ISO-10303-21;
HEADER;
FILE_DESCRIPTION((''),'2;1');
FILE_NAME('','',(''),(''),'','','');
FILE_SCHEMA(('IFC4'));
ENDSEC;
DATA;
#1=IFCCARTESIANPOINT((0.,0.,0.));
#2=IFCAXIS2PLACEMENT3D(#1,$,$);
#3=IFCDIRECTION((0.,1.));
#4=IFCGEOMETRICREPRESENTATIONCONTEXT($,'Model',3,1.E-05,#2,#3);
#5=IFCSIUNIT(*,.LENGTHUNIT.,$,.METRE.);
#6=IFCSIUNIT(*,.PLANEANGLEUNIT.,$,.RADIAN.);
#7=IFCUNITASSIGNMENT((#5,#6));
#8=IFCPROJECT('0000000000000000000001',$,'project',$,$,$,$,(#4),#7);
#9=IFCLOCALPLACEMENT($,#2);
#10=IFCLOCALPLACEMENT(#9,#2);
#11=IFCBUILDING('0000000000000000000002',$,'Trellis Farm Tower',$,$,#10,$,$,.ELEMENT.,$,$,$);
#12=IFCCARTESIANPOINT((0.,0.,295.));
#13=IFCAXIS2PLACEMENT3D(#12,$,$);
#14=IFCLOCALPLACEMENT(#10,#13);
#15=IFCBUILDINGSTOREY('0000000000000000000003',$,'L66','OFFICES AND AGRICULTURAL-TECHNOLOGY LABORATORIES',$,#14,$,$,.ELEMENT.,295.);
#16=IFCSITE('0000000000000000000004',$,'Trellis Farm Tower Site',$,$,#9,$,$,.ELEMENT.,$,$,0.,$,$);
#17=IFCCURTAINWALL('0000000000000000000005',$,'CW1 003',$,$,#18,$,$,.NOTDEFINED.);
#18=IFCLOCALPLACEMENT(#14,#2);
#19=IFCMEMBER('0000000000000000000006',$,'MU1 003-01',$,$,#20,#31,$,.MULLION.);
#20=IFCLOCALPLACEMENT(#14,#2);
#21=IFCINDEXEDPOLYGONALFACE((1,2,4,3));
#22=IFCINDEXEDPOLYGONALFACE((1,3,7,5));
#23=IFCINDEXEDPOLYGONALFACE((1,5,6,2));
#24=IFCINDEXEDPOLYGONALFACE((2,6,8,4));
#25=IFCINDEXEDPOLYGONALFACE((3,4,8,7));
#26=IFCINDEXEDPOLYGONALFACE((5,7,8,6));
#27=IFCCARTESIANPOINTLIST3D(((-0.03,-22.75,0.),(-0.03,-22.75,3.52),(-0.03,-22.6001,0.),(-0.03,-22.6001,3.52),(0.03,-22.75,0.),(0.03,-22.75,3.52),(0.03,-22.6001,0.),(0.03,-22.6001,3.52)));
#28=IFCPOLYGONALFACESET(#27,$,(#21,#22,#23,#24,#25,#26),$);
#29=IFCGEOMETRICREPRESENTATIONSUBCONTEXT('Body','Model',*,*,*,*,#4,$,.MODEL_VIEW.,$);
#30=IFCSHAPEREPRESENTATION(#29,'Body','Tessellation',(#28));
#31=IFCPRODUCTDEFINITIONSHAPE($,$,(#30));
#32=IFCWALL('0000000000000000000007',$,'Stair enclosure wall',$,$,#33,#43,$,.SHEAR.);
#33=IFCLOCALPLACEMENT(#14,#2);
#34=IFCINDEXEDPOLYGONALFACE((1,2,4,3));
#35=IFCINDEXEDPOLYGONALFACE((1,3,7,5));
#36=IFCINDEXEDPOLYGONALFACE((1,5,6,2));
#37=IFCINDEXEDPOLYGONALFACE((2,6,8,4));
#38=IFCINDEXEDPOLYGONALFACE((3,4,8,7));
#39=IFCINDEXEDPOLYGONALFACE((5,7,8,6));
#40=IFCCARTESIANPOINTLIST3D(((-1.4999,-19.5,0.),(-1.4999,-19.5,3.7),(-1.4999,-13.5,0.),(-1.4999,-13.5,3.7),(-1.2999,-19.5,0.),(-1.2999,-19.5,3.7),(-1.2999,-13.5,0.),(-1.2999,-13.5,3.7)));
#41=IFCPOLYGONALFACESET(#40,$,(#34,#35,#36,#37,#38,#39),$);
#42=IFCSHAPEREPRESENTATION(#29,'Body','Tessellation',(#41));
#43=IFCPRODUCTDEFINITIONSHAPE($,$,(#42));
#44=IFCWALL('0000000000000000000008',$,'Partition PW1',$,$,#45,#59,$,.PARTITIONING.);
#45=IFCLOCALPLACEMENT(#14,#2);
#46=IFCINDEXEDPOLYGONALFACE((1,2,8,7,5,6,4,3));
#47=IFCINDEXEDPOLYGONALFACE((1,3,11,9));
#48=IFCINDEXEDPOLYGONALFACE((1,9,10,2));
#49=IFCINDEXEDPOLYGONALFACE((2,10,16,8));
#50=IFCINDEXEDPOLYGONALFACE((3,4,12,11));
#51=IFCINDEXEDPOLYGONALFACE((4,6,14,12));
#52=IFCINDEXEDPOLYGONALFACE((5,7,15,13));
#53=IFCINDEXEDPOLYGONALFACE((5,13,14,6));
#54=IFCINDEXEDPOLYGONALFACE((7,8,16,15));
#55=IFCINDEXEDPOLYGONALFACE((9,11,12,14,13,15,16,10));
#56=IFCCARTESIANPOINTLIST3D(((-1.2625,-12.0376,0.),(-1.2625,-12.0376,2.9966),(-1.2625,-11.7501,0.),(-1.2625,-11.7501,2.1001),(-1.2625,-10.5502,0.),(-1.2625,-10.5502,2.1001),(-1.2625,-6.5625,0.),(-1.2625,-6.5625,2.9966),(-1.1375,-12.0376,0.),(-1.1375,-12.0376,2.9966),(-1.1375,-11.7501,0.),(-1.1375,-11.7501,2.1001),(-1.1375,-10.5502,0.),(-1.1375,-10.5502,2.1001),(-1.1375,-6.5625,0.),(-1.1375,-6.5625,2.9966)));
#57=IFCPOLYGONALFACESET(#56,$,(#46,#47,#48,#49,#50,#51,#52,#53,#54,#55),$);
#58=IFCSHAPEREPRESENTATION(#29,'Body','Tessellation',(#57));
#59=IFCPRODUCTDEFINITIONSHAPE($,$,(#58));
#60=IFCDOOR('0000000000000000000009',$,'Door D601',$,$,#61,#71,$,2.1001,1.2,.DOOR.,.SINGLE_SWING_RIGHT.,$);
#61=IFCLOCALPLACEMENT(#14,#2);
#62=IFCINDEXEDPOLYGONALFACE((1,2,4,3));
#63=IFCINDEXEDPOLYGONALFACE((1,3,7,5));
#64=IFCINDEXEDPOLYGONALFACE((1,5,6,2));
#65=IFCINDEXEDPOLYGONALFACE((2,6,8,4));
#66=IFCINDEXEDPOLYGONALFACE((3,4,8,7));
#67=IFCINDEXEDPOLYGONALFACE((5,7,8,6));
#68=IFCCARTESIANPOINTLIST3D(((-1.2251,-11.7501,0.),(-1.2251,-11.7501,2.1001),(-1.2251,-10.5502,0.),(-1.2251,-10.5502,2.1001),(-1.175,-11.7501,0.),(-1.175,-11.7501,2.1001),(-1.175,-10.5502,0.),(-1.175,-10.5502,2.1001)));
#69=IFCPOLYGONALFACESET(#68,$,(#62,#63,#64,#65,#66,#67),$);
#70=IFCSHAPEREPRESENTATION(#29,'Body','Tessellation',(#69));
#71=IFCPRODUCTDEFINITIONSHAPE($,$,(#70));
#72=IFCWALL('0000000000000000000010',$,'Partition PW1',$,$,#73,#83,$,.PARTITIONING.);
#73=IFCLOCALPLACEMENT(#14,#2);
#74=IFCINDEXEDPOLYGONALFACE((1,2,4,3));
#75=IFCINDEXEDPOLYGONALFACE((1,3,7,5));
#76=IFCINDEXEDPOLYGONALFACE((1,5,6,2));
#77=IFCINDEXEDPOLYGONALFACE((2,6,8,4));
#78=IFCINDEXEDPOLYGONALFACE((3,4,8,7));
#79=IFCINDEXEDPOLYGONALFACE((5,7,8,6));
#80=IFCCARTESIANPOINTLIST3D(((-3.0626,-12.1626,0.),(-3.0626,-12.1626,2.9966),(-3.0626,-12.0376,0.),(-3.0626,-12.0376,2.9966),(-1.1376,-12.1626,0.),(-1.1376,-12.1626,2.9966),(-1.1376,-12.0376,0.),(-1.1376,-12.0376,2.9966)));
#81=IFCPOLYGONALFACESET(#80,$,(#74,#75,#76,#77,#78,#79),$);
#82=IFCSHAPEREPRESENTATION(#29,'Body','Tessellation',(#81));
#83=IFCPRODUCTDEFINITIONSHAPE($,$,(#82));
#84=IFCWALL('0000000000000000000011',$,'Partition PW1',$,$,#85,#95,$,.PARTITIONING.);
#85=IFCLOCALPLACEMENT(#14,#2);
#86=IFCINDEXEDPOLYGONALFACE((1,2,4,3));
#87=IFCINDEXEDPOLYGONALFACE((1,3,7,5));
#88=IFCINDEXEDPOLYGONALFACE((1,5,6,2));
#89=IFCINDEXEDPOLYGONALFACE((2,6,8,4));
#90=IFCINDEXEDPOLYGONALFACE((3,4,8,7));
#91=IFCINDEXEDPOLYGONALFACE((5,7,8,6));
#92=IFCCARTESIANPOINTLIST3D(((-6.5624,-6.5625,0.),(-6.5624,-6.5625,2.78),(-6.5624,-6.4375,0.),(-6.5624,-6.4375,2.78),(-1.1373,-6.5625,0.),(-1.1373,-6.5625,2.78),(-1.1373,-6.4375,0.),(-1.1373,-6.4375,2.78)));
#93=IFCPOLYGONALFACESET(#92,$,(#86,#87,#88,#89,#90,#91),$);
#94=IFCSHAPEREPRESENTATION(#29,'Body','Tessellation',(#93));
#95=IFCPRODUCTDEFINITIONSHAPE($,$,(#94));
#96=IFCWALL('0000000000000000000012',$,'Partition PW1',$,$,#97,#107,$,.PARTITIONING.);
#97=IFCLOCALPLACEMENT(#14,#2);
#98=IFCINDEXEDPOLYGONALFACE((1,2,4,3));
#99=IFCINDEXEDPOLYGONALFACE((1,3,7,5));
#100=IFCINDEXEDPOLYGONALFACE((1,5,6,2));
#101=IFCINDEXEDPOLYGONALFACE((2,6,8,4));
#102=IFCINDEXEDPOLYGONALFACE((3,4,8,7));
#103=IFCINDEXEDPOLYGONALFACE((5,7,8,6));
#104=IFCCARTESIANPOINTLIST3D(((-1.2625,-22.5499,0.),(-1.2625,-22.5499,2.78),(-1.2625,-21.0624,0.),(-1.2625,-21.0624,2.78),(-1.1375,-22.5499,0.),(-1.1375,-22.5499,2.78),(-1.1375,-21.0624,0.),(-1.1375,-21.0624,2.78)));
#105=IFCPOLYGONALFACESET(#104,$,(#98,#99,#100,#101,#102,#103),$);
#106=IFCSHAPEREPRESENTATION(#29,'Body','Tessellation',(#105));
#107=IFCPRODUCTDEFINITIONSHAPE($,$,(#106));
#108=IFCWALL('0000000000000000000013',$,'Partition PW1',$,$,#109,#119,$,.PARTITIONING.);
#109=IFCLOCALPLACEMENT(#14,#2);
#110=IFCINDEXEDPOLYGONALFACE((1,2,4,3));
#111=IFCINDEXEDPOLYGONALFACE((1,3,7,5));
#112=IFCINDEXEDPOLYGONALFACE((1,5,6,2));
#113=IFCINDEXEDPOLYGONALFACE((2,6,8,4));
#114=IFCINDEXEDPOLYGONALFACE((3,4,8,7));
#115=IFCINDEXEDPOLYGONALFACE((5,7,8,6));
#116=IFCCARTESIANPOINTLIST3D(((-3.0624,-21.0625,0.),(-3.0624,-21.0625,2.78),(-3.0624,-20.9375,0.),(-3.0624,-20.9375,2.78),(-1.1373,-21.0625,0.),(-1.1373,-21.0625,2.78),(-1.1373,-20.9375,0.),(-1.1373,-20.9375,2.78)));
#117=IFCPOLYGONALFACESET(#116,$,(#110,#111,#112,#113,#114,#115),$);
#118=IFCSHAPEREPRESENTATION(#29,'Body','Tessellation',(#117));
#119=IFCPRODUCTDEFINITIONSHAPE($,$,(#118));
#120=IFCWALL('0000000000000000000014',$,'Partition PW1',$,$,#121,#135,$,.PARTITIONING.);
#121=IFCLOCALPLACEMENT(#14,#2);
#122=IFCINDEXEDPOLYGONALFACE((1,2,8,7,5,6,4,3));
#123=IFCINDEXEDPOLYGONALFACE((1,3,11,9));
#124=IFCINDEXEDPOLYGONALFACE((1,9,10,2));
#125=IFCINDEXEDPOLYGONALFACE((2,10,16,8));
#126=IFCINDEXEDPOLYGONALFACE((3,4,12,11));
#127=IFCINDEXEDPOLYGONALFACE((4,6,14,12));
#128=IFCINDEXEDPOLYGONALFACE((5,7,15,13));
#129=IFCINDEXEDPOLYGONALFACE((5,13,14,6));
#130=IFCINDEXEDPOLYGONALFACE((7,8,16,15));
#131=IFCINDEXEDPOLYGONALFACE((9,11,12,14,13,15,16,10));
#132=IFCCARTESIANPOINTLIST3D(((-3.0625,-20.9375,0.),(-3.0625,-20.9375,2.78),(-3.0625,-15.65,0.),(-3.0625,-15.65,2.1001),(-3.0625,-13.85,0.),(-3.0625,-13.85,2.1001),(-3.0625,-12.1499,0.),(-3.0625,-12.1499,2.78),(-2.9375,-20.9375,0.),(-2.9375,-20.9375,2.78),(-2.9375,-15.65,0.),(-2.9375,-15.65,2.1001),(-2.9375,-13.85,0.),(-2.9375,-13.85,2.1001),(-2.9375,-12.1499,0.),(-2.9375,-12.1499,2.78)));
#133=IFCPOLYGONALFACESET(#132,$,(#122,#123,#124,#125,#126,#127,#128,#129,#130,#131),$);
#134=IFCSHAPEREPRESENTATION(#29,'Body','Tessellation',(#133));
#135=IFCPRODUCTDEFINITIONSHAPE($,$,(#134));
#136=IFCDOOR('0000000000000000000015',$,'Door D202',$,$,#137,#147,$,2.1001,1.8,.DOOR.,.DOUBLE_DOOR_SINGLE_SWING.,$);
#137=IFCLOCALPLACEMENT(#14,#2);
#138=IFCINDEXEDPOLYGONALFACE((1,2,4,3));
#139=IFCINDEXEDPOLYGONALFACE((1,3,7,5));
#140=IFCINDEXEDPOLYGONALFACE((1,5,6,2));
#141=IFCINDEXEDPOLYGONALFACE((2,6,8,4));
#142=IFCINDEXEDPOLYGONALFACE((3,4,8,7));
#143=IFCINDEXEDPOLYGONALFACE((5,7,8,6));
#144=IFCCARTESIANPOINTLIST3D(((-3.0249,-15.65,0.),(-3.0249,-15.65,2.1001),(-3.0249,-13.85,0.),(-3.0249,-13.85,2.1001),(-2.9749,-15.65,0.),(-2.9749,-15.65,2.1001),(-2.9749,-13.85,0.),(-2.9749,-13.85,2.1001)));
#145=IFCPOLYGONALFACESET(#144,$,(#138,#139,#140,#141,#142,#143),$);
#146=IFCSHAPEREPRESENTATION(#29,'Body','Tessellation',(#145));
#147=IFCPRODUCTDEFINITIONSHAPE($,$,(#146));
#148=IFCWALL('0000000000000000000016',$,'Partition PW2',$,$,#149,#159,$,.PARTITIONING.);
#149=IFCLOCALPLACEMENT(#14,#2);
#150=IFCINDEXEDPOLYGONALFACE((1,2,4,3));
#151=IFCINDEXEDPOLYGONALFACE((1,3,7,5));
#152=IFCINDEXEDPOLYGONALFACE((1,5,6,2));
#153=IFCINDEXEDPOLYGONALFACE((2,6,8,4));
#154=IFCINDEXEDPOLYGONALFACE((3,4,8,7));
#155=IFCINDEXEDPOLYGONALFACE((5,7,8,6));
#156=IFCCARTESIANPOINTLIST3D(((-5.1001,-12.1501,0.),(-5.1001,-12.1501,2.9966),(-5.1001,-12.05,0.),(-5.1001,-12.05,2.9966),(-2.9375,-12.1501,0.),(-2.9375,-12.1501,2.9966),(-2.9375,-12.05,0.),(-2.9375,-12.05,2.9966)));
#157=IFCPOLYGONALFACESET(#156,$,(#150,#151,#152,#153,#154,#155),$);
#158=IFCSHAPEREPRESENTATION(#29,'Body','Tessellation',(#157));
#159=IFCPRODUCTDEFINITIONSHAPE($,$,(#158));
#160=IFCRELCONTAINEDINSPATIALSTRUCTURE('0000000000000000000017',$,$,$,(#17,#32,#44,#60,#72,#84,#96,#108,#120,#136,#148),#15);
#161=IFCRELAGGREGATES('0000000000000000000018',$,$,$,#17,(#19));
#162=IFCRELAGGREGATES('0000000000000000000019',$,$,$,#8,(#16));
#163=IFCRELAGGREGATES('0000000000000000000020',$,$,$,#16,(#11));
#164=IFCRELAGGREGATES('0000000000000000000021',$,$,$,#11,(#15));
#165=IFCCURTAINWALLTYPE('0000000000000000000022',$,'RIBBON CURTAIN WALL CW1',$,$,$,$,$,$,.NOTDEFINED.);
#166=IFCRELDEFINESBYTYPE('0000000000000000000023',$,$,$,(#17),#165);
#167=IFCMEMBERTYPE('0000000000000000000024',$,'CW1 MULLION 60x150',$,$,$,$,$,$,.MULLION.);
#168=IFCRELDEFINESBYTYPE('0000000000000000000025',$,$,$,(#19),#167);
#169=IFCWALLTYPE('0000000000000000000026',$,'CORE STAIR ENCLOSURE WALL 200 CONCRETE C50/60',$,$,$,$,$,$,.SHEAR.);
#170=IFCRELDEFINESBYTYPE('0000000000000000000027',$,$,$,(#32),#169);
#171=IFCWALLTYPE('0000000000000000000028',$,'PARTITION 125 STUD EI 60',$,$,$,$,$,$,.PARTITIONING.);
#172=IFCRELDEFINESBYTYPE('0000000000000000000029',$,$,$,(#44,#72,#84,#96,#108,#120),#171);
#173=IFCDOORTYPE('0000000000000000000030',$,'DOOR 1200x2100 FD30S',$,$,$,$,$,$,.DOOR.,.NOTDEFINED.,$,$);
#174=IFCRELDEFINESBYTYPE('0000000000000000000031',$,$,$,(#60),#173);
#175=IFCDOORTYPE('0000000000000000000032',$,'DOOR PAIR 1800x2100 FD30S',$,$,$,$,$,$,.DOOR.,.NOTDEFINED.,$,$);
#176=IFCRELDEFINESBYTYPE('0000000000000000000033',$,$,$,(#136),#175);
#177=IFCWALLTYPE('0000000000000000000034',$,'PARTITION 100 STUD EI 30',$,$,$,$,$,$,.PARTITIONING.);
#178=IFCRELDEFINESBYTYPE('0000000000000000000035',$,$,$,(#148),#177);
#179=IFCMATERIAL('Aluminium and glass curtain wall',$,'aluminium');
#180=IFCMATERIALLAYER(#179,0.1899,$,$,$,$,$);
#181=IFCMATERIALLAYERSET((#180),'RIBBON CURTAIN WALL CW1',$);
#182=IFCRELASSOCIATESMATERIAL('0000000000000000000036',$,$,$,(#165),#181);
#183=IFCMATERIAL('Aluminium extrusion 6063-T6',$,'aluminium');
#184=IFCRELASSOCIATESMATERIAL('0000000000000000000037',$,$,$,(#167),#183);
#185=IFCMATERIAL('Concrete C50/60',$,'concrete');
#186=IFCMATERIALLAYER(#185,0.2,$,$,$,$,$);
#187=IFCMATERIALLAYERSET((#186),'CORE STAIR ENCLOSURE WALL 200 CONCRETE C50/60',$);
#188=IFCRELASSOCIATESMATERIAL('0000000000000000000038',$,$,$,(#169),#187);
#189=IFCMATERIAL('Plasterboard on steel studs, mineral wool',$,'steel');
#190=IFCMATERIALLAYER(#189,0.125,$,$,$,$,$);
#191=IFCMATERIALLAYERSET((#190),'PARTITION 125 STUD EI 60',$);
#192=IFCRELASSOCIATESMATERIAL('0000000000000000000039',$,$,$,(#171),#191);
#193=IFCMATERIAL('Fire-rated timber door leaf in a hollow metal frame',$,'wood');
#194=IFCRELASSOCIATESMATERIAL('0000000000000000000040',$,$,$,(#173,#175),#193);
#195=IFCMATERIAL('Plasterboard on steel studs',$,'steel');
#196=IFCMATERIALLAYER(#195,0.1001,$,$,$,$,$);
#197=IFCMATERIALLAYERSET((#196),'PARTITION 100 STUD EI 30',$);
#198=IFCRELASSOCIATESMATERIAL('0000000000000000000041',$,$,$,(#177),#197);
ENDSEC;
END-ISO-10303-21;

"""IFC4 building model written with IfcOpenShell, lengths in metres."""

from ifc_helpers import new_model, si_unit, direction, frame, frame_2d, origin, origin_2d, place, context, subcontext, project, spatial, rectangle, extrude, source, transform, mapped, material, layer, layer_set, material_profile, profile_set, type_object, element, fill, aggregate, save


model = new_model("IFC4")

# Units and contexts
model_context = context("Model", 3, precision=1e-05, world=origin(), true_north=direction((0.0, 1.0)))
body_context = subcontext(model_context, "Body", "Model", "MODEL_VIEW")
ifc_project = project(units=[si_unit("LENGTHUNIT", "METRE"), si_unit("PLANEANGLEUNIT", "RADIAN")], contexts=[model_context])

# Site, building, storey
site_placement = place(None, origin())
site = spatial("IfcSite", under=ifc_project, at=site_placement, Name="Trellis Farm Tower Site", CompositionType="ELEMENT", RefElevation=0.0)
building_placement = place(site_placement, origin())
building = spatial("IfcBuilding", under=site, at=building_placement, Name="Trellis Farm Tower", CompositionType="ELEMENT")
storey_placement = place(building_placement, frame((0.0, 0.0, 295.0)))
storey = spatial("IfcBuildingStorey", under=building, at=storey_placement, Name="L66", Description="OFFICES AND AGRICULTURAL-TECHNOLOGY LABORATORIES", CompositionType="ELEMENT", Elevation=295.0)

# Curtain wall, member
ifc_material_1 = material(Name="Aluminium and glass curtain wall", Category="aluminium")
ifc_layer_1 = layer(ifc_material_1, 0.1899)
ifc_layer_set_1 = layer_set([ifc_layer_1], Name="RIBBON CURTAIN WALL CW1")
curtain_wall_type = type_object("IfcCurtainWallType", Name="RIBBON CURTAIN WALL CW1", PredefinedType="NOTDEFINED", material=ifc_layer_set_1)
placement = place(storey_placement, origin())
curtain_wall = element("IfcCurtainWall", 1, at=placement, inside=storey, type_object=curtain_wall_type, Name="CW1 003", PredefinedType="NOTDEFINED")
ifc_material_2 = material(Name="Aluminium extrusion 6063-T6", Category="aluminium")
ifc_material_profile_1 = material_profile(ifc_material_2, rectangle(XDim=0.0601, YDim=0.1499, at=origin_2d()), Name="MULLION 60x150")
ifc_profile_set_1 = profile_set([ifc_material_profile_1], Name="Aluminium extrusion 6063-T6")
member_type = type_object("IfcMemberType", Name="CW1 MULLION 60x150", PredefinedType="MULLION", material=ifc_profile_set_1)
shared_shape_1 = source(origin(), body_context, "Body", "SweptSolid", [
    extrude(rectangle(XDim=0.0601, YDim=0.1499, at=origin_2d()), origin(), (0.0, 0.0, 1.0), 3.52),
])
member_placement = place(storey_placement, frame((0.0, -22.675, 0.0), z_axis=(0.0, 0.0, 1.0), x_axis=(1.0, 0.0, 0.0)))
member = element("IfcMember", 2, at=member_placement, type_object=member_type, Name="MU1 003-01", PredefinedType="MULLION", context=body_context, shape_type="MappedRepresentation", body=[
    mapped(shared_shape_1, transform((0.0, 0.0, 0.0))),
])
aggregate(curtain_wall, [member])

# Wall
ifc_material_3 = material(Name="Concrete C50/60", Category="concrete")
ifc_layer_2 = layer(ifc_material_3, 0.2)
ifc_layer_set_2 = layer_set([ifc_layer_2], Name="CORE STAIR ENCLOSURE WALL 200 CONCRETE C50/60")
wall_type_1 = type_object("IfcWallType", Name="CORE STAIR ENCLOSURE WALL 200 CONCRETE C50/60", PredefinedType="SHEAR", material=ifc_layer_set_2)
shared_shape_2 = source(origin(), body_context, "Body", "SweptSolid", [
    extrude(rectangle(XDim=6.0, YDim=0.2, at=frame_2d((3.0, 0.0))), origin(), (0.0, 0.0, 1.0), 3.7),
])
wall_1_placement = place(storey_placement, frame((-1.3999, -13.5, 0.0), z_axis=(0.0, 0.0, 1.0), x_axis=(0.0, -1.0, 0.0)))
element("IfcWall", 3, at=wall_1_placement, inside=storey, type_object=wall_type_1, Name="Stair enclosure wall", PredefinedType="SHEAR", context=body_context, shape_type="MappedRepresentation", body=[
    mapped(shared_shape_2, transform((0.0, 0.0, 0.0))),
])

# Wall, opening, door
ifc_material_4 = material(Name="Plasterboard on steel studs, mineral wool", Category="steel")
ifc_layer_3 = layer(ifc_material_4, 0.125)
ifc_layer_set_3 = layer_set([ifc_layer_3], Name="PARTITION 125 STUD EI 60")
wall_type_2 = type_object("IfcWallType", Name="PARTITION 125 STUD EI 60", PredefinedType="PARTITIONING", material=ifc_layer_set_3)
shared_shape_3 = source(origin(), body_context, "Body", "SweptSolid", [
    extrude(rectangle(XDim=5.4751, YDim=0.125, at=frame_2d((2.7375, 0.0))), origin(), (0.0, 0.0, 1.0), 2.9966),
])
wall_2_placement = place(storey_placement, frame((-1.2, -6.5625, 0.0), z_axis=(0.0, 0.0, 1.0), x_axis=(0.0, -1.0, 0.0)))
wall_2 = element("IfcWall", 4, at=wall_2_placement, inside=storey, type_object=wall_type_2, Name="Partition PW1", PredefinedType="PARTITIONING", context=body_context, shape_type="MappedRepresentation", body=[
    mapped(shared_shape_3, transform((0.0, 0.0, 0.0))),
])
shared_shape_4 = source(origin(), body_context, "Body", "SweptSolid", [
    extrude(rectangle(XDim=1.2, YDim=2.1001, at=frame_2d((0.6001, 1.05))), frame((0.0, 0.0725, 0.0), z_axis=(0.0, -1.0, 0.0), x_axis=(1.0, 0.0, 0.0)), (0.0, 0.0, 1.0), 0.145),
])
opening_1_placement = place(wall_2_placement, frame((3.9875, 0.0, 0.0)))
opening_1 = element("IfcOpeningElement", 5, at=opening_1_placement, cuts=wall_2, PredefinedType="OPENING", context=body_context, shape_type="MappedRepresentation", body=[
    mapped(shared_shape_4, transform((0.0, 0.0, 0.0))),
])
ifc_material_5 = material(Name="Fire-rated timber door leaf in a hollow metal frame", Category="wood")
door_type_1 = type_object("IfcDoorType", Name="DOOR 1200x2100 FD30S", OperationType="NOTDEFINED", PredefinedType="DOOR", material=ifc_material_5)
shared_shape_5 = source(origin(), body_context, "Body", "SweptSolid", [
    extrude(rectangle(XDim=1.2, YDim=2.1001, at=frame_2d((0.6001, 1.05))), frame((0.0, 0.0249, 0.0), z_axis=(0.0, -1.0, 0.0), x_axis=(1.0, 0.0, 0.0)), (0.0, 0.0, 1.0), 0.05),
])
door_1_placement = place(opening_1_placement, origin())
door_1 = element("IfcDoor", 6, at=door_1_placement, inside=storey, type_object=door_type_1, Name="Door D601", OperationType="SINGLE_SWING_RIGHT", OverallHeight=2.1001, OverallWidth=1.2, PredefinedType="DOOR", context=body_context, shape_type="MappedRepresentation", body=[
    mapped(shared_shape_5, transform((0.0, 0.0, 0.0))),
])
fill(opening_1, door_1)

# Walls
shared_shape_6 = source(origin(), body_context, "Body", "SweptSolid", [
    extrude(rectangle(XDim=1.925, YDim=0.125, at=frame_2d((0.9624, 0.0))), origin(), (0.0, 0.0, 1.0), 2.9966),
])
wall_3_placement = place(storey_placement, frame((-3.0625, -12.1001, 0.0), z_axis=(0.0, 0.0, 1.0), x_axis=(1.0, 0.0, 0.0)))
element("IfcWall", 7, at=wall_3_placement, inside=storey, type_object=wall_type_2, Name="Partition PW1", PredefinedType="PARTITIONING", context=body_context, shape_type="MappedRepresentation", body=[
    mapped(shared_shape_6, transform((0.0, 0.0, 0.0))),
])
shared_shape_7 = source(origin(), body_context, "Body", "SweptSolid", [
    extrude(rectangle(XDim=5.425, YDim=0.125, at=frame_2d((2.7124, 0.0))), origin(), (0.0, 0.0, 1.0), 2.78),
])
wall_4_placement = place(storey_placement, frame((-1.1375, -6.5, 0.0), z_axis=(0.0, 0.0, 1.0), x_axis=(-1.0, 0.0, 0.0)))
element("IfcWall", 8, at=wall_4_placement, inside=storey, type_object=wall_type_2, Name="Partition PW1", PredefinedType="PARTITIONING", context=body_context, shape_type="MappedRepresentation", body=[
    mapped(shared_shape_7, transform((0.0, 0.0, 0.0))),
])
shared_shape_8 = source(origin(), body_context, "Body", "SweptSolid", [
    extrude(rectangle(XDim=1.4875, YDim=0.125, at=frame_2d((0.7437, 0.0))), origin(), (0.0, 0.0, 1.0), 2.78),
])
wall_5_placement = place(storey_placement, frame((-1.2, -21.0625, 0.0), z_axis=(0.0, 0.0, 1.0), x_axis=(0.0, -1.0, 0.0)))
element("IfcWall", 9, at=wall_5_placement, inside=storey, type_object=wall_type_2, Name="Partition PW1", PredefinedType="PARTITIONING", context=body_context, shape_type="MappedRepresentation", body=[
    mapped(shared_shape_8, transform((0.0, 0.0, 0.0))),
])
shared_shape_9 = source(origin(), body_context, "Body", "SweptSolid", [
    extrude(rectangle(XDim=1.925, YDim=0.125, at=frame_2d((0.9624, 0.0))), origin(), (0.0, 0.0, 1.0), 2.78),
])
wall_6_placement = place(storey_placement, frame((-1.1375, -21.0, 0.0), z_axis=(0.0, 0.0, 1.0), x_axis=(-1.0, 0.0, 0.0)))
element("IfcWall", 10, at=wall_6_placement, inside=storey, type_object=wall_type_2, Name="Partition PW1", PredefinedType="PARTITIONING", context=body_context, shape_type="MappedRepresentation", body=[
    mapped(shared_shape_9, transform((0.0, 0.0, 0.0))),
])

# Wall, opening, door
shared_shape_10 = source(origin(), body_context, "Body", "SweptSolid", [
    extrude(rectangle(XDim=8.7876, YDim=0.125, at=frame_2d((4.3938, 0.0))), origin(), (0.0, 0.0, 1.0), 2.78),
])
wall_7_placement = place(storey_placement, frame((-3.0, -20.9375, 0.0), z_axis=(0.0, 0.0, 1.0), x_axis=(0.0, 1.0, 0.0)))
wall_7 = element("IfcWall", 11, at=wall_7_placement, inside=storey, type_object=wall_type_2, Name="Partition PW1", PredefinedType="PARTITIONING", context=body_context, shape_type="MappedRepresentation", body=[
    mapped(shared_shape_10, transform((0.0, 0.0, 0.0))),
])
shared_shape_11 = source(origin(), body_context, "Body", "SweptSolid", [
    extrude(rectangle(XDim=1.8, YDim=2.1001, at=frame_2d((0.8999, 1.05))), frame((0.0, 0.0725, 0.0), z_axis=(0.0, -1.0, 0.0), x_axis=(1.0, 0.0, 0.0)), (0.0, 0.0, 1.0), 0.145),
])
opening_2_placement = place(wall_7_placement, frame((5.2876, 0.0, 0.0)))
opening_2 = element("IfcOpeningElement", 12, at=opening_2_placement, cuts=wall_7, PredefinedType="OPENING", context=body_context, shape_type="MappedRepresentation", body=[
    mapped(shared_shape_11, transform((0.0, 0.0, 0.0))),
])
door_type_2 = type_object("IfcDoorType", Name="DOOR PAIR 1800x2100 FD30S", OperationType="NOTDEFINED", PredefinedType="DOOR", material=ifc_material_5)
shared_shape_12 = source(origin(), body_context, "Body", "SweptSolid", [
    extrude(rectangle(XDim=1.8, YDim=2.1001, at=frame_2d((0.8999, 1.05))), frame((0.0, 0.0249, 0.0), z_axis=(0.0, -1.0, 0.0), x_axis=(1.0, 0.0, 0.0)), (0.0, 0.0, 1.0), 0.05),
])
door_2_placement = place(opening_2_placement, origin())
door_2 = element("IfcDoor", 13, at=door_2_placement, inside=storey, type_object=door_type_2, Name="Door D202", OperationType="DOUBLE_DOOR_SINGLE_SWING", OverallHeight=2.1001, OverallWidth=1.8, PredefinedType="DOOR", context=body_context, shape_type="MappedRepresentation", body=[
    mapped(shared_shape_12, transform((0.0, 0.0, 0.0))),
])
fill(opening_2, door_2)

# Wall
ifc_material_6 = material(Name="Plasterboard on steel studs", Category="steel")
ifc_layer_4 = layer(ifc_material_6, 0.1001)
ifc_layer_set_4 = layer_set([ifc_layer_4], Name="PARTITION 100 STUD EI 30")
wall_type_3 = type_object("IfcWallType", Name="PARTITION 100 STUD EI 30", PredefinedType="PARTITIONING", material=ifc_layer_set_4)
shared_shape_13 = source(origin(), body_context, "Body", "SweptSolid", [
    extrude(rectangle(XDim=2.1626, YDim=0.1001, at=frame_2d((1.0813, 0.0))), origin(), (0.0, 0.0, 1.0), 2.9966),
])
wall_8_placement = place(storey_placement, frame((-5.1001, -12.1001, 0.0), z_axis=(0.0, 0.0, 1.0), x_axis=(1.0, 0.0, 0.0)))
element("IfcWall", 14, at=wall_8_placement, inside=storey, type_object=wall_type_3, Name="Partition PW2", PredefinedType="PARTITIONING", context=body_context, shape_type="MappedRepresentation", body=[
    mapped(shared_shape_13, transform((0.0, 0.0, 0.0))),
])

save(model, "model.ifc")
